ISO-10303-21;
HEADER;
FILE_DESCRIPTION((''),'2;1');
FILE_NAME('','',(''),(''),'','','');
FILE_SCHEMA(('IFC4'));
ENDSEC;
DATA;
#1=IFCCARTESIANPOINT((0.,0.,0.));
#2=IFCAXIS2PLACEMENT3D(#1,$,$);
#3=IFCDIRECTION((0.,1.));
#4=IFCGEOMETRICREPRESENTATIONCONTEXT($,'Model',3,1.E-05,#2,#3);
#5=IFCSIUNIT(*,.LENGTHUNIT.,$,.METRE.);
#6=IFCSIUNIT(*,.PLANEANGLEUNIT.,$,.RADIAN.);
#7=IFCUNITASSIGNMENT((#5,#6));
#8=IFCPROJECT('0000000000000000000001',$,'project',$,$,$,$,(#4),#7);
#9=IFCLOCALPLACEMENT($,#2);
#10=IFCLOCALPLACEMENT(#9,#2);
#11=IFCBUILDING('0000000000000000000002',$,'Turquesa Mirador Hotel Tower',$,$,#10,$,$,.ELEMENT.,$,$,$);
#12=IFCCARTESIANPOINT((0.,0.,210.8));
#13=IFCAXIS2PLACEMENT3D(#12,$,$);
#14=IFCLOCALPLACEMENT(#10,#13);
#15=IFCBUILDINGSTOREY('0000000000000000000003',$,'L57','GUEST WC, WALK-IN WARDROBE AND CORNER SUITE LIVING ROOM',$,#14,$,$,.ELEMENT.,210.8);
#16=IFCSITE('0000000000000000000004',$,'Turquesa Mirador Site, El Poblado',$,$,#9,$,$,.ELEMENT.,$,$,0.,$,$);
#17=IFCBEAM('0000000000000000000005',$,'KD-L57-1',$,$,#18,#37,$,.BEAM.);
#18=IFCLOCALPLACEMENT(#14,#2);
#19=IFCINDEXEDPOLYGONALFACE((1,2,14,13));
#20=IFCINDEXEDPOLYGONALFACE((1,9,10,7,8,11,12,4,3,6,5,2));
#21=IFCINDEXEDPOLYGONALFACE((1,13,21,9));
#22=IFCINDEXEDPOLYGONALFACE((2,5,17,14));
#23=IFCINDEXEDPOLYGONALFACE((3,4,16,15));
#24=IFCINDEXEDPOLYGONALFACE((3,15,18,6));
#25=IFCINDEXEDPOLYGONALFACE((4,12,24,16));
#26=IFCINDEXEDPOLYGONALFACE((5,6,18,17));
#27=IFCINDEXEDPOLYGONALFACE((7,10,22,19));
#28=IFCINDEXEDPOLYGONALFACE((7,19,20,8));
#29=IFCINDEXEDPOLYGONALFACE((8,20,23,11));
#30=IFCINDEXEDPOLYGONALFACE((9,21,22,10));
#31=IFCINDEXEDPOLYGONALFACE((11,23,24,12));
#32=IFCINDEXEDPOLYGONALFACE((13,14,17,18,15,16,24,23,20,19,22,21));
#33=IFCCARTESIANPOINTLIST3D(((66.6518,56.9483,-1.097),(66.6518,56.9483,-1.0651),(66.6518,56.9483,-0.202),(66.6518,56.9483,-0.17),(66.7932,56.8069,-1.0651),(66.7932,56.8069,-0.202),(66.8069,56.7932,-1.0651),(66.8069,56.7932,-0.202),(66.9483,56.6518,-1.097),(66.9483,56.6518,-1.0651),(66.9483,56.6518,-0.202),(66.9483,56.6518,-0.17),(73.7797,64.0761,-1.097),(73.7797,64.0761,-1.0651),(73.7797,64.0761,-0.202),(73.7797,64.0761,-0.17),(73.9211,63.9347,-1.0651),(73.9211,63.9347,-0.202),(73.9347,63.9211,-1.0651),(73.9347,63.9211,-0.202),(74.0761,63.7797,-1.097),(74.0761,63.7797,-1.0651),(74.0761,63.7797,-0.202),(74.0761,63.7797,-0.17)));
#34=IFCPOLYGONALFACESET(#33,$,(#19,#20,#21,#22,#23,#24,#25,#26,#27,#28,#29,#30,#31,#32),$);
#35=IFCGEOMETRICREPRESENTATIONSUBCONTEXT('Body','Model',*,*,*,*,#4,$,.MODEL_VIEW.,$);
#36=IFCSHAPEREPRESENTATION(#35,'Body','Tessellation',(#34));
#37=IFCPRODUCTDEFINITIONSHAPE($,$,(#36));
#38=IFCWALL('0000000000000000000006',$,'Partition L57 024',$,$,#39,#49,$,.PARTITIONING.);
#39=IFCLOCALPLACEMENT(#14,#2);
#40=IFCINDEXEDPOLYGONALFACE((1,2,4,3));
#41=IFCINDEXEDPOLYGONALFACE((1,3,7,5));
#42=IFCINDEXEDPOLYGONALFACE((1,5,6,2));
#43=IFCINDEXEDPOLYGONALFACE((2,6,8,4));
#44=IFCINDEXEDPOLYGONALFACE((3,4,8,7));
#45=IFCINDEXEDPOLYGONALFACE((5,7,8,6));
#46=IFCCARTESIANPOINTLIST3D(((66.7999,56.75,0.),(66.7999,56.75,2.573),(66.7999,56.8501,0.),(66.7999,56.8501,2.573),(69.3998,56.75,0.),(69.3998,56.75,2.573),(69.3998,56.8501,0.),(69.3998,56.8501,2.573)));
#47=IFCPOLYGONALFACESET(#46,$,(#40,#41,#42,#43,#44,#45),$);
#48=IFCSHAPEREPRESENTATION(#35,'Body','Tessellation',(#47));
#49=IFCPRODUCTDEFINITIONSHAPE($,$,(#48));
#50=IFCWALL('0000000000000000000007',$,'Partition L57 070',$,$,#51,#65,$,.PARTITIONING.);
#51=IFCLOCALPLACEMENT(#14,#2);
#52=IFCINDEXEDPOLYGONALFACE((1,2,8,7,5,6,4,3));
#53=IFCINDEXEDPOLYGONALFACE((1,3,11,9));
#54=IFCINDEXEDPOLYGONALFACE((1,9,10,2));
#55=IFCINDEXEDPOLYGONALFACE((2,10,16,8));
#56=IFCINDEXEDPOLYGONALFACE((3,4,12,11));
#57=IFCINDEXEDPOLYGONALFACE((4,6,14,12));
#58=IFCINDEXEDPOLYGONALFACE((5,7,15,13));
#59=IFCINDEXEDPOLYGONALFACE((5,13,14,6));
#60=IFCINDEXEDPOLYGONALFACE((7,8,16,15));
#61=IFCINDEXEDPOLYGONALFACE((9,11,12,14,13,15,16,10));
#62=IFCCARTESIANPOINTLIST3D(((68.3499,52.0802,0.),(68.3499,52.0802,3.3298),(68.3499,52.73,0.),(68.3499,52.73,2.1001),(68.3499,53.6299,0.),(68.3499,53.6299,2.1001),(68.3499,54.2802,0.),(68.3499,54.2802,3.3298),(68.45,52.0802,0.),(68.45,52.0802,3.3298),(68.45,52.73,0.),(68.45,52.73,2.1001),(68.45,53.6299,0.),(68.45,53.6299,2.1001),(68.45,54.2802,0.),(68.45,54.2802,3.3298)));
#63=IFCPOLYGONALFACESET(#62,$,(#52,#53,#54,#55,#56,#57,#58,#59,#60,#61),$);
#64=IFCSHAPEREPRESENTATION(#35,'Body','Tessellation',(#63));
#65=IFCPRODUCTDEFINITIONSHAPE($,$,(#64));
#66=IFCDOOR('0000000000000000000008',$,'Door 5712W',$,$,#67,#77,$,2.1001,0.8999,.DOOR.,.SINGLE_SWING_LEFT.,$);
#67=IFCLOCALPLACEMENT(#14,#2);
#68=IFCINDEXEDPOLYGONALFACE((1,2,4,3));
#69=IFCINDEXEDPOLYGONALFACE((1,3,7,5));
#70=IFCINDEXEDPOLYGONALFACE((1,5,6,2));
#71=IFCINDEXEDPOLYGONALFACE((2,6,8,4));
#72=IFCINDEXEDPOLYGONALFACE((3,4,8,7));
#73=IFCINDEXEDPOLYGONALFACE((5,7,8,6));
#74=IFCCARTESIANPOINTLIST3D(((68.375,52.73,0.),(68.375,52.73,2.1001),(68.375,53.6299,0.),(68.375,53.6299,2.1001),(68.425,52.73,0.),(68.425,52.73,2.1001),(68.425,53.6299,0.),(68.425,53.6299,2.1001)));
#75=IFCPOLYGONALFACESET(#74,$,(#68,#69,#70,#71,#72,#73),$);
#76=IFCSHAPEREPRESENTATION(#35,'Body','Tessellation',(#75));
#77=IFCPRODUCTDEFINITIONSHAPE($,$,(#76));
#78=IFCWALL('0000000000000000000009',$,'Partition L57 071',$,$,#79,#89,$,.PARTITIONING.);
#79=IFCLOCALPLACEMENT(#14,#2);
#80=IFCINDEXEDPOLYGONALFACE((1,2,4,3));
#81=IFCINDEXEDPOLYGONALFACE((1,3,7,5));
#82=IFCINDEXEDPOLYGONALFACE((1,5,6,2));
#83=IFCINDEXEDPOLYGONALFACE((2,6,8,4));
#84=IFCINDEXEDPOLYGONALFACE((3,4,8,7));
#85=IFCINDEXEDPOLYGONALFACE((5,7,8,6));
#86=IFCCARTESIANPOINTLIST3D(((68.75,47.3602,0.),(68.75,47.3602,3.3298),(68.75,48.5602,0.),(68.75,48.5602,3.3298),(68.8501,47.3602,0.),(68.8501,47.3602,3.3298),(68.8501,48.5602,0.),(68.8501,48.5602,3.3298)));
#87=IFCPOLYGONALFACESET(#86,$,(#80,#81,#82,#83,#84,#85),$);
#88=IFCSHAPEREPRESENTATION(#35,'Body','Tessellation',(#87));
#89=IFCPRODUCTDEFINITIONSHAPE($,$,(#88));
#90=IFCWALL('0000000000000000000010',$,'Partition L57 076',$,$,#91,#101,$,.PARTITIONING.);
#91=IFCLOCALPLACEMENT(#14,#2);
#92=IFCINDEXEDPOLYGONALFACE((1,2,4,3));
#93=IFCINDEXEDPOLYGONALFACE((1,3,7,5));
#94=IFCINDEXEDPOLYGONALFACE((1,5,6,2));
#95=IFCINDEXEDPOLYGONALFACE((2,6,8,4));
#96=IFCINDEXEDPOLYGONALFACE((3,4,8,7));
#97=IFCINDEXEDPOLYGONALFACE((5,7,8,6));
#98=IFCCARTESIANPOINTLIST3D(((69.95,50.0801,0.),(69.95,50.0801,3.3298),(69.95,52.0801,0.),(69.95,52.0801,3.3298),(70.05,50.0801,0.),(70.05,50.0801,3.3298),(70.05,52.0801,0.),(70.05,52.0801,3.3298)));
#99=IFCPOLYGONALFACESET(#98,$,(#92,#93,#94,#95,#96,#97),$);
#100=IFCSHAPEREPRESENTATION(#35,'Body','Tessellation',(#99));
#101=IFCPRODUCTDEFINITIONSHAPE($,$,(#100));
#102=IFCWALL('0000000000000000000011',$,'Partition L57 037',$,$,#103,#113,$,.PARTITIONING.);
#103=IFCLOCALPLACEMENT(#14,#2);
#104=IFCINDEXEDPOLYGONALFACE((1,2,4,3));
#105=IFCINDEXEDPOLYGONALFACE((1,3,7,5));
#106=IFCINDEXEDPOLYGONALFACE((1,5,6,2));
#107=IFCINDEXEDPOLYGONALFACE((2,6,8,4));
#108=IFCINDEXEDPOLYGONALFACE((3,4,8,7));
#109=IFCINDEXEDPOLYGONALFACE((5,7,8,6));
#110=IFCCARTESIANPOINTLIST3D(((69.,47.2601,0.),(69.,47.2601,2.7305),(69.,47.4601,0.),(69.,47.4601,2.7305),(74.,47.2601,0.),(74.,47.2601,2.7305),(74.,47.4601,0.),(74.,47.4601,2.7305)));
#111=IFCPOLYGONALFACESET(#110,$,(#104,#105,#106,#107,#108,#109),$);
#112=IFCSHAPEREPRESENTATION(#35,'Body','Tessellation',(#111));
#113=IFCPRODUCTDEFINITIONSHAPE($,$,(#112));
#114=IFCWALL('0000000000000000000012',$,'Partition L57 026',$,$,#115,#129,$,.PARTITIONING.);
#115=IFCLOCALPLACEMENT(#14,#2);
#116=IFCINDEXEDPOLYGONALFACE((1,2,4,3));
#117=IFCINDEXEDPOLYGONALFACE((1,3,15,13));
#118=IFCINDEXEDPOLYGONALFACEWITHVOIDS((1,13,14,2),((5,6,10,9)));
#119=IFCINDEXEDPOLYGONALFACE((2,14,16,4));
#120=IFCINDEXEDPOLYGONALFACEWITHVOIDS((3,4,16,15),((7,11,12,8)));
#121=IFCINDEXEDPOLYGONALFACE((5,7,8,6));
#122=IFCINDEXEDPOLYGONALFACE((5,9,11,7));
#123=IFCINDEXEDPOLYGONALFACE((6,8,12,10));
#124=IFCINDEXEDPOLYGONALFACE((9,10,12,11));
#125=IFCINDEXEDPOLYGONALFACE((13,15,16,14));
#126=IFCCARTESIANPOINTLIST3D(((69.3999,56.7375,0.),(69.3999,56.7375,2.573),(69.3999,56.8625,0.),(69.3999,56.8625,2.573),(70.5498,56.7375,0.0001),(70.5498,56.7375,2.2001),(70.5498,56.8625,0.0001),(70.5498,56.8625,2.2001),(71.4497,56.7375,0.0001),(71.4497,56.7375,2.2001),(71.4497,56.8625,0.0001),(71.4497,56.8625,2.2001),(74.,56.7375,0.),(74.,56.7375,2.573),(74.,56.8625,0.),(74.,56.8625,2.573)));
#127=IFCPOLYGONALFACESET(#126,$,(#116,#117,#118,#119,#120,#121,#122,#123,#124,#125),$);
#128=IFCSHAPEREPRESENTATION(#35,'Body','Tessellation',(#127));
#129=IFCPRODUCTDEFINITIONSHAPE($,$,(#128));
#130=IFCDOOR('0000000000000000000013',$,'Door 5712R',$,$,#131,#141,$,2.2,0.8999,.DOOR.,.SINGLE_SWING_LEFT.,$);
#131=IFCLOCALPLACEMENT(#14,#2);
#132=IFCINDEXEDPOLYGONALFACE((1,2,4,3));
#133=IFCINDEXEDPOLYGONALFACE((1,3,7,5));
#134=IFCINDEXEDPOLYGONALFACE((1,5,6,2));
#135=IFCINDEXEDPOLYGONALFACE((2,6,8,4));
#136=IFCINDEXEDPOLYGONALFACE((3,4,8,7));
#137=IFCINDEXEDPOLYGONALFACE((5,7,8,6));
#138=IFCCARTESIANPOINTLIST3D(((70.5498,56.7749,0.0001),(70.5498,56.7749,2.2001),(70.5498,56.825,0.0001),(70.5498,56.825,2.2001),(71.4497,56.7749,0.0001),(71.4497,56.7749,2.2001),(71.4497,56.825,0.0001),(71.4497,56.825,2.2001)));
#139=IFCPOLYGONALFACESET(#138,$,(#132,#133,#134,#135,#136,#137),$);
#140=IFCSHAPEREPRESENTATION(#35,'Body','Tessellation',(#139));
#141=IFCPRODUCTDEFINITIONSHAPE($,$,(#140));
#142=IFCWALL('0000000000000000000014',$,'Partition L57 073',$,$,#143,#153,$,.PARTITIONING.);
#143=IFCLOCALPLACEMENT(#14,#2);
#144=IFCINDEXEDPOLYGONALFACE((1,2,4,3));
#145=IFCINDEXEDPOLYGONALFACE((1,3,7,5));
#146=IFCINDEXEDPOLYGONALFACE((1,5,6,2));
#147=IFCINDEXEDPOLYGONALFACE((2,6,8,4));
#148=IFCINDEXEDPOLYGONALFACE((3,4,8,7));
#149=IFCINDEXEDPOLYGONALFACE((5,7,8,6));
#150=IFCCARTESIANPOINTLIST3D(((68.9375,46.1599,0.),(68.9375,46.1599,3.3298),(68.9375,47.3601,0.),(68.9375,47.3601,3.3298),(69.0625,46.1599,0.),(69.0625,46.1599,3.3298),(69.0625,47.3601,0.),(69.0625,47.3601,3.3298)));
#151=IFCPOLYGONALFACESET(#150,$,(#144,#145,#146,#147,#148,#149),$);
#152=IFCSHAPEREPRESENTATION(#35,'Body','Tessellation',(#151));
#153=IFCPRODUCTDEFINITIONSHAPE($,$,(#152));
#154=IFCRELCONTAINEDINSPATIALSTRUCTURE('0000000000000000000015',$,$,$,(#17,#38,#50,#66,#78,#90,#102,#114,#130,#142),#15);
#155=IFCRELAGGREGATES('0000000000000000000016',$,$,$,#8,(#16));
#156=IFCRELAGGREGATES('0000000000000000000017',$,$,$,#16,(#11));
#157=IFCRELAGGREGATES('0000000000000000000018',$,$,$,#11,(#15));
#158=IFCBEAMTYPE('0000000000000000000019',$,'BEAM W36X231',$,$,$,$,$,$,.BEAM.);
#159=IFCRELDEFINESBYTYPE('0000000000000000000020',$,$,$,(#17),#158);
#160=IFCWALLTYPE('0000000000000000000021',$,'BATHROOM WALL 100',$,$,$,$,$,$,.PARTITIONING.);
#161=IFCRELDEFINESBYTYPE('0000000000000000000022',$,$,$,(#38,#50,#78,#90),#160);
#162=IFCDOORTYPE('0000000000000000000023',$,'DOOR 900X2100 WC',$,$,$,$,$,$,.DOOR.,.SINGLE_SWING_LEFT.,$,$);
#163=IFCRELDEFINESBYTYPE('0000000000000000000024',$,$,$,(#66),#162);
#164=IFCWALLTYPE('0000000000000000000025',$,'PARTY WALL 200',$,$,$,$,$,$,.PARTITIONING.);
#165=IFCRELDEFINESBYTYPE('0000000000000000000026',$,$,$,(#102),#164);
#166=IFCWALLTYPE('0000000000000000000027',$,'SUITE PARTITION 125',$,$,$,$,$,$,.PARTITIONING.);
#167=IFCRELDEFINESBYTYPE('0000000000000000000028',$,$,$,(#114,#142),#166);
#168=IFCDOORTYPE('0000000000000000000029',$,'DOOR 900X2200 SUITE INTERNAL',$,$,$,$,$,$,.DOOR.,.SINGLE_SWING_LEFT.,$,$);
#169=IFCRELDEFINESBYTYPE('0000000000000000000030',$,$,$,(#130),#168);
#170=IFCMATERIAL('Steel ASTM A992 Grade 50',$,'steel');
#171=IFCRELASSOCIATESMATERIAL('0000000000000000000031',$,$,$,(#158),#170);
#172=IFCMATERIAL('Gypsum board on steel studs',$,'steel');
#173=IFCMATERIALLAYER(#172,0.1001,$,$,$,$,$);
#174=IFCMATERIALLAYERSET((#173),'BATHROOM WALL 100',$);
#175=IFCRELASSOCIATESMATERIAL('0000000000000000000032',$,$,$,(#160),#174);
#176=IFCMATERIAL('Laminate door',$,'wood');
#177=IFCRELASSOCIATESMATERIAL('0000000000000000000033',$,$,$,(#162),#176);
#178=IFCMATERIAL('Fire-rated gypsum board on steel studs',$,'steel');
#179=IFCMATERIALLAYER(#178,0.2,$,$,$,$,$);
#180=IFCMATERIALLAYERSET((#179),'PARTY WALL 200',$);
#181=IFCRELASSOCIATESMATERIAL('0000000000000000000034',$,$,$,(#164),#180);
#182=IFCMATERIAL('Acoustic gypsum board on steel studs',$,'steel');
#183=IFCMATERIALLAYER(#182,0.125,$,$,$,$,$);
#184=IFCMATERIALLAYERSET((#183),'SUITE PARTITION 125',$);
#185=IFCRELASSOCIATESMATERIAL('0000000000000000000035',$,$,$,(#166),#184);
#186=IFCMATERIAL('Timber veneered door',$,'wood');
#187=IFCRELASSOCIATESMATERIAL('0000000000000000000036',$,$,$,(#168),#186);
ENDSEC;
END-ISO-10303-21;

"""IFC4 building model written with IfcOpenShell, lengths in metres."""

from ifc_helpers import new_model, si_unit, direction, frame, frame_2d, origin, origin_2d, place, context, subcontext, project, spatial, rectangle, i_section, extrude, material, layer, layer_set, material_profile, profile_set, type_object, element, fill, save


model = new_model("IFC4")

# Units and contexts
model_context = context("Model", 3, precision=1e-05, world=origin(), true_north=direction((0.0, 1.0)))
body_context = subcontext(model_context, "Body", "Model", "MODEL_VIEW")
ifc_project = project(units=[si_unit("LENGTHUNIT", "METRE"), si_unit("PLANEANGLEUNIT", "RADIAN")], contexts=[model_context])

# Site, building, storey
site_placement = place(None, origin())
site = spatial("IfcSite", under=ifc_project, at=site_placement, Name="Turquesa Mirador Site, El Poblado", CompositionType="ELEMENT", RefElevation=0.0)
building_placement = place(site_placement, origin())
building = spatial("IfcBuilding", under=site, at=building_placement, Name="Turquesa Mirador Hotel Tower", CompositionType="ELEMENT")
storey_placement = place(building_placement, frame((0.0, 0.0, 210.8)))
storey = spatial("IfcBuildingStorey", under=building, at=storey_placement, Name="L57", Description="GUEST WC, WALK-IN WARDROBE AND CORNER SUITE LIVING ROOM", CompositionType="ELEMENT", Elevation=210.8)

# Beam
ifc_material_1 = material(Name="Steel ASTM A992 Grade 50", Category="steel")
ifc_material_profile_1 = material_profile(ifc_material_1, i_section(OverallWidth=0.4192, OverallDepth=0.927, WebThickness=0.0193, FlangeThickness=0.032, at=origin_2d()), Name="W36X231")
ifc_profile_set_1 = profile_set([ifc_material_profile_1], Name="Steel ASTM A992 Grade 50")
beam_type_1 = type_object("IfcBeamType", Name="BEAM W36X231", PredefinedType="BEAM", material=ifc_profile_set_1)
beam_1_placement = place(storey_placement, frame((66.8, 56.8, -0.6335), z_axis=(0.707107, 0.707107, 0.0), x_axis=(-0.707107, 0.707107, 0.0)))
element("IfcBeam", 1, at=beam_1_placement, inside=storey, type_object=beam_type_1, Name="KD-L57-1", PredefinedType="BEAM", context=body_context, shape_type="SweptSolid", body=[
    extrude(i_section(OverallWidth=0.4192, OverallDepth=0.927, WebThickness=0.0193, FlangeThickness=0.032, at=origin_2d()), origin(), (0.0, 0.0, 1.0), 10.0803),
])

# Wall
ifc_material_2 = material(Name="Gypsum board on steel studs", Category="steel")
ifc_layer_1 = layer(ifc_material_2, 0.1001)
ifc_layer_set_1 = layer_set([ifc_layer_1], Name="BATHROOM WALL 100")
wall_type_1 = type_object("IfcWallType", Name="BATHROOM WALL 100", PredefinedType="PARTITIONING", material=ifc_layer_set_1)
wall_1_placement = place(storey_placement, frame((66.8, 56.8, 0.0), z_axis=(0.0, 0.0, 1.0), x_axis=(1.0, 0.0, 0.0)))
element("IfcWall", 2, at=wall_1_placement, inside=storey, type_object=wall_type_1, Name="Partition L57 024", PredefinedType="PARTITIONING", context=body_context, shape_type="SweptSolid", body=[
    extrude(rectangle(XDim=2.5999, YDim=0.1001, at=frame_2d((1.2998, 0.0))), origin(), (0.0, 0.0, 1.0), 2.573),
])

# Wall, opening, door
wall_2_placement = place(storey_placement, frame((68.3999, 52.0801, 0.0), z_axis=(0.0, 0.0, 1.0), x_axis=(0.0, 1.0, 0.0)))
wall_2 = element("IfcWall", 3, at=wall_2_placement, inside=storey, type_object=wall_type_1, Name="Partition L57 070", PredefinedType="PARTITIONING", context=body_context, shape_type="SweptSolid", body=[
    extrude(rectangle(XDim=2.2, YDim=0.1001, at=frame_2d((1.1001, 0.0))), origin(), (0.0, 0.0, 1.0), 3.3298),
])
opening_1_placement = place(wall_2_placement, frame((0.6499, 0.0, 0.0)))
opening_1 = element("IfcOpeningElement", 4, at=opening_1_placement, cuts=wall_2, PredefinedType="OPENING", context=body_context, shape_type="SweptSolid", body=[
    extrude(rectangle(XDim=0.8999, YDim=2.1001, at=frame_2d((0.45, 1.05))), frame((0.0, 0.0601, 0.0), z_axis=(0.0, -1.0, 0.0), x_axis=(1.0, 0.0, 0.0)), (0.0, 0.0, 1.0), 0.1201),
])
ifc_material_3 = material(Name="Laminate door", Category="wood")
door_type_1 = type_object("IfcDoorType", Name="DOOR 900X2100 WC", OperationType="SINGLE_SWING_LEFT", PredefinedType="DOOR", material=ifc_material_3)
door_1_placement = place(opening_1_placement, origin())
door_1 = element("IfcDoor", 5, at=door_1_placement, inside=storey, type_object=door_type_1, Name="Door 5712W", OperationType="SINGLE_SWING_LEFT", OverallHeight=2.1001, OverallWidth=0.8999, PredefinedType="DOOR", context=body_context, shape_type="SweptSolid", body=[
    extrude(rectangle(XDim=0.8999, YDim=2.1001, at=frame_2d((0.45, 1.05))), frame((0.0, 0.0249, 0.0), z_axis=(0.0, -1.0, 0.0), x_axis=(1.0, 0.0, 0.0)), (0.0, 0.0, 1.0), 0.05),
])
fill(opening_1, door_1)

# Walls
wall_3_placement = place(storey_placement, frame((68.8, 47.3601, 0.0), z_axis=(0.0, 0.0, 1.0), x_axis=(0.0, 1.0, 0.0)))
element("IfcWall", 6, at=wall_3_placement, inside=storey, type_object=wall_type_1, Name="Partition L57 071", PredefinedType="PARTITIONING", context=body_context, shape_type="SweptSolid", body=[
    extrude(rectangle(XDim=1.2, YDim=0.1001, at=frame_2d((0.6001, 0.0))), origin(), (0.0, 0.0, 1.0), 3.3298),
])
wall_4_placement = place(storey_placement, frame((70.0, 50.0801, 0.0), z_axis=(0.0, 0.0, 1.0), x_axis=(0.0, 1.0, 0.0)))
element("IfcWall", 7, at=wall_4_placement, inside=storey, type_object=wall_type_1, Name="Partition L57 076", PredefinedType="PARTITIONING", context=body_context, shape_type="SweptSolid", body=[
    extrude(rectangle(XDim=2.0, YDim=0.1001, at=frame_2d((1.0, 0.0))), origin(), (0.0, 0.0, 1.0), 3.3298),
])
ifc_material_4 = material(Name="Fire-rated gypsum board on steel studs", Category="steel")
ifc_layer_2 = layer(ifc_material_4, 0.2)
ifc_layer_set_2 = layer_set([ifc_layer_2], Name="PARTY WALL 200")
wall_type_2 = type_object("IfcWallType", Name="PARTY WALL 200", PredefinedType="PARTITIONING", material=ifc_layer_set_2)
wall_5_placement = place(storey_placement, frame((69.0, 47.3601, 0.0), z_axis=(0.0, 0.0, 1.0), x_axis=(1.0, 0.0, 0.0)))
element("IfcWall", 8, at=wall_5_placement, inside=storey, type_object=wall_type_2, Name="Partition L57 037", PredefinedType="PARTITIONING", context=body_context, shape_type="SweptSolid", body=[
    extrude(rectangle(XDim=5.0, YDim=0.2, at=frame_2d((2.5, 0.0))), origin(), (0.0, 0.0, 1.0), 2.7305),
])

# Wall, opening, door
ifc_material_5 = material(Name="Acoustic gypsum board on steel studs", Category="steel")
ifc_layer_3 = layer(ifc_material_5, 0.125)
ifc_layer_set_3 = layer_set([ifc_layer_3], Name="SUITE PARTITION 125")
wall_type_3 = type_object("IfcWallType", Name="SUITE PARTITION 125", PredefinedType="PARTITIONING", material=ifc_layer_set_3)
wall_6_placement = place(storey_placement, frame((69.3999, 56.8, 0.0), z_axis=(0.0, 0.0, 1.0), x_axis=(1.0, 0.0, 0.0)))
wall_6 = element("IfcWall", 9, at=wall_6_placement, inside=storey, type_object=wall_type_3, Name="Partition L57 026", PredefinedType="PARTITIONING", context=body_context, shape_type="SweptSolid", body=[
    extrude(rectangle(XDim=4.6001, YDim=0.125, at=frame_2d((2.3, 0.0))), origin(), (0.0, 0.0, 1.0), 2.573),
])
opening_2_placement = place(wall_6_placement, frame((1.1499, 0.0, 0.0)))
opening_2 = element("IfcOpeningElement", 10, at=opening_2_placement, cuts=wall_6, PredefinedType="OPENING", context=body_context, shape_type="SweptSolid", body=[
    extrude(rectangle(XDim=0.8999, YDim=2.2, at=frame_2d((0.45, 1.1001))), frame((0.0, 0.0725, 0.0), z_axis=(0.0, -1.0, 0.0), x_axis=(1.0, 0.0, 0.0)), (0.0, 0.0, 1.0), 0.145),
])
ifc_material_6 = material(Name="Timber veneered door", Category="wood")
door_type_2 = type_object("IfcDoorType", Name="DOOR 900X2200 SUITE INTERNAL", OperationType="SINGLE_SWING_LEFT", PredefinedType="DOOR", material=ifc_material_6)
door_2_placement = place(opening_2_placement, origin())
door_2 = element("IfcDoor", 11, at=door_2_placement, inside=storey, type_object=door_type_2, Name="Door 5712R", OperationType="SINGLE_SWING_LEFT", OverallHeight=2.2, OverallWidth=0.8999, PredefinedType="DOOR", context=body_context, shape_type="SweptSolid", body=[
    extrude(rectangle(XDim=0.8999, YDim=2.2, at=frame_2d((0.45, 1.1001))), frame((0.0, 0.0249, 0.0), z_axis=(0.0, -1.0, 0.0), x_axis=(1.0, 0.0, 0.0)), (0.0, 0.0, 1.0), 0.05),
])
fill(opening_2, door_2)

# Wall
wall_7_placement = place(storey_placement, frame((69.0, 46.1599, 0.0), z_axis=(0.0, 0.0, 1.0), x_axis=(0.0, 1.0, 0.0)))
element("IfcWall", 12, at=wall_7_placement, inside=storey, type_object=wall_type_3, Name="Partition L57 073", PredefinedType="PARTITIONING", context=body_context, shape_type="SweptSolid", body=[
    extrude(rectangle(XDim=1.2002, YDim=0.125, at=frame_2d((0.6001, 0.0))), origin(), (0.0, 0.0, 1.0), 3.3298),
])

save(model, "model.ifc")
